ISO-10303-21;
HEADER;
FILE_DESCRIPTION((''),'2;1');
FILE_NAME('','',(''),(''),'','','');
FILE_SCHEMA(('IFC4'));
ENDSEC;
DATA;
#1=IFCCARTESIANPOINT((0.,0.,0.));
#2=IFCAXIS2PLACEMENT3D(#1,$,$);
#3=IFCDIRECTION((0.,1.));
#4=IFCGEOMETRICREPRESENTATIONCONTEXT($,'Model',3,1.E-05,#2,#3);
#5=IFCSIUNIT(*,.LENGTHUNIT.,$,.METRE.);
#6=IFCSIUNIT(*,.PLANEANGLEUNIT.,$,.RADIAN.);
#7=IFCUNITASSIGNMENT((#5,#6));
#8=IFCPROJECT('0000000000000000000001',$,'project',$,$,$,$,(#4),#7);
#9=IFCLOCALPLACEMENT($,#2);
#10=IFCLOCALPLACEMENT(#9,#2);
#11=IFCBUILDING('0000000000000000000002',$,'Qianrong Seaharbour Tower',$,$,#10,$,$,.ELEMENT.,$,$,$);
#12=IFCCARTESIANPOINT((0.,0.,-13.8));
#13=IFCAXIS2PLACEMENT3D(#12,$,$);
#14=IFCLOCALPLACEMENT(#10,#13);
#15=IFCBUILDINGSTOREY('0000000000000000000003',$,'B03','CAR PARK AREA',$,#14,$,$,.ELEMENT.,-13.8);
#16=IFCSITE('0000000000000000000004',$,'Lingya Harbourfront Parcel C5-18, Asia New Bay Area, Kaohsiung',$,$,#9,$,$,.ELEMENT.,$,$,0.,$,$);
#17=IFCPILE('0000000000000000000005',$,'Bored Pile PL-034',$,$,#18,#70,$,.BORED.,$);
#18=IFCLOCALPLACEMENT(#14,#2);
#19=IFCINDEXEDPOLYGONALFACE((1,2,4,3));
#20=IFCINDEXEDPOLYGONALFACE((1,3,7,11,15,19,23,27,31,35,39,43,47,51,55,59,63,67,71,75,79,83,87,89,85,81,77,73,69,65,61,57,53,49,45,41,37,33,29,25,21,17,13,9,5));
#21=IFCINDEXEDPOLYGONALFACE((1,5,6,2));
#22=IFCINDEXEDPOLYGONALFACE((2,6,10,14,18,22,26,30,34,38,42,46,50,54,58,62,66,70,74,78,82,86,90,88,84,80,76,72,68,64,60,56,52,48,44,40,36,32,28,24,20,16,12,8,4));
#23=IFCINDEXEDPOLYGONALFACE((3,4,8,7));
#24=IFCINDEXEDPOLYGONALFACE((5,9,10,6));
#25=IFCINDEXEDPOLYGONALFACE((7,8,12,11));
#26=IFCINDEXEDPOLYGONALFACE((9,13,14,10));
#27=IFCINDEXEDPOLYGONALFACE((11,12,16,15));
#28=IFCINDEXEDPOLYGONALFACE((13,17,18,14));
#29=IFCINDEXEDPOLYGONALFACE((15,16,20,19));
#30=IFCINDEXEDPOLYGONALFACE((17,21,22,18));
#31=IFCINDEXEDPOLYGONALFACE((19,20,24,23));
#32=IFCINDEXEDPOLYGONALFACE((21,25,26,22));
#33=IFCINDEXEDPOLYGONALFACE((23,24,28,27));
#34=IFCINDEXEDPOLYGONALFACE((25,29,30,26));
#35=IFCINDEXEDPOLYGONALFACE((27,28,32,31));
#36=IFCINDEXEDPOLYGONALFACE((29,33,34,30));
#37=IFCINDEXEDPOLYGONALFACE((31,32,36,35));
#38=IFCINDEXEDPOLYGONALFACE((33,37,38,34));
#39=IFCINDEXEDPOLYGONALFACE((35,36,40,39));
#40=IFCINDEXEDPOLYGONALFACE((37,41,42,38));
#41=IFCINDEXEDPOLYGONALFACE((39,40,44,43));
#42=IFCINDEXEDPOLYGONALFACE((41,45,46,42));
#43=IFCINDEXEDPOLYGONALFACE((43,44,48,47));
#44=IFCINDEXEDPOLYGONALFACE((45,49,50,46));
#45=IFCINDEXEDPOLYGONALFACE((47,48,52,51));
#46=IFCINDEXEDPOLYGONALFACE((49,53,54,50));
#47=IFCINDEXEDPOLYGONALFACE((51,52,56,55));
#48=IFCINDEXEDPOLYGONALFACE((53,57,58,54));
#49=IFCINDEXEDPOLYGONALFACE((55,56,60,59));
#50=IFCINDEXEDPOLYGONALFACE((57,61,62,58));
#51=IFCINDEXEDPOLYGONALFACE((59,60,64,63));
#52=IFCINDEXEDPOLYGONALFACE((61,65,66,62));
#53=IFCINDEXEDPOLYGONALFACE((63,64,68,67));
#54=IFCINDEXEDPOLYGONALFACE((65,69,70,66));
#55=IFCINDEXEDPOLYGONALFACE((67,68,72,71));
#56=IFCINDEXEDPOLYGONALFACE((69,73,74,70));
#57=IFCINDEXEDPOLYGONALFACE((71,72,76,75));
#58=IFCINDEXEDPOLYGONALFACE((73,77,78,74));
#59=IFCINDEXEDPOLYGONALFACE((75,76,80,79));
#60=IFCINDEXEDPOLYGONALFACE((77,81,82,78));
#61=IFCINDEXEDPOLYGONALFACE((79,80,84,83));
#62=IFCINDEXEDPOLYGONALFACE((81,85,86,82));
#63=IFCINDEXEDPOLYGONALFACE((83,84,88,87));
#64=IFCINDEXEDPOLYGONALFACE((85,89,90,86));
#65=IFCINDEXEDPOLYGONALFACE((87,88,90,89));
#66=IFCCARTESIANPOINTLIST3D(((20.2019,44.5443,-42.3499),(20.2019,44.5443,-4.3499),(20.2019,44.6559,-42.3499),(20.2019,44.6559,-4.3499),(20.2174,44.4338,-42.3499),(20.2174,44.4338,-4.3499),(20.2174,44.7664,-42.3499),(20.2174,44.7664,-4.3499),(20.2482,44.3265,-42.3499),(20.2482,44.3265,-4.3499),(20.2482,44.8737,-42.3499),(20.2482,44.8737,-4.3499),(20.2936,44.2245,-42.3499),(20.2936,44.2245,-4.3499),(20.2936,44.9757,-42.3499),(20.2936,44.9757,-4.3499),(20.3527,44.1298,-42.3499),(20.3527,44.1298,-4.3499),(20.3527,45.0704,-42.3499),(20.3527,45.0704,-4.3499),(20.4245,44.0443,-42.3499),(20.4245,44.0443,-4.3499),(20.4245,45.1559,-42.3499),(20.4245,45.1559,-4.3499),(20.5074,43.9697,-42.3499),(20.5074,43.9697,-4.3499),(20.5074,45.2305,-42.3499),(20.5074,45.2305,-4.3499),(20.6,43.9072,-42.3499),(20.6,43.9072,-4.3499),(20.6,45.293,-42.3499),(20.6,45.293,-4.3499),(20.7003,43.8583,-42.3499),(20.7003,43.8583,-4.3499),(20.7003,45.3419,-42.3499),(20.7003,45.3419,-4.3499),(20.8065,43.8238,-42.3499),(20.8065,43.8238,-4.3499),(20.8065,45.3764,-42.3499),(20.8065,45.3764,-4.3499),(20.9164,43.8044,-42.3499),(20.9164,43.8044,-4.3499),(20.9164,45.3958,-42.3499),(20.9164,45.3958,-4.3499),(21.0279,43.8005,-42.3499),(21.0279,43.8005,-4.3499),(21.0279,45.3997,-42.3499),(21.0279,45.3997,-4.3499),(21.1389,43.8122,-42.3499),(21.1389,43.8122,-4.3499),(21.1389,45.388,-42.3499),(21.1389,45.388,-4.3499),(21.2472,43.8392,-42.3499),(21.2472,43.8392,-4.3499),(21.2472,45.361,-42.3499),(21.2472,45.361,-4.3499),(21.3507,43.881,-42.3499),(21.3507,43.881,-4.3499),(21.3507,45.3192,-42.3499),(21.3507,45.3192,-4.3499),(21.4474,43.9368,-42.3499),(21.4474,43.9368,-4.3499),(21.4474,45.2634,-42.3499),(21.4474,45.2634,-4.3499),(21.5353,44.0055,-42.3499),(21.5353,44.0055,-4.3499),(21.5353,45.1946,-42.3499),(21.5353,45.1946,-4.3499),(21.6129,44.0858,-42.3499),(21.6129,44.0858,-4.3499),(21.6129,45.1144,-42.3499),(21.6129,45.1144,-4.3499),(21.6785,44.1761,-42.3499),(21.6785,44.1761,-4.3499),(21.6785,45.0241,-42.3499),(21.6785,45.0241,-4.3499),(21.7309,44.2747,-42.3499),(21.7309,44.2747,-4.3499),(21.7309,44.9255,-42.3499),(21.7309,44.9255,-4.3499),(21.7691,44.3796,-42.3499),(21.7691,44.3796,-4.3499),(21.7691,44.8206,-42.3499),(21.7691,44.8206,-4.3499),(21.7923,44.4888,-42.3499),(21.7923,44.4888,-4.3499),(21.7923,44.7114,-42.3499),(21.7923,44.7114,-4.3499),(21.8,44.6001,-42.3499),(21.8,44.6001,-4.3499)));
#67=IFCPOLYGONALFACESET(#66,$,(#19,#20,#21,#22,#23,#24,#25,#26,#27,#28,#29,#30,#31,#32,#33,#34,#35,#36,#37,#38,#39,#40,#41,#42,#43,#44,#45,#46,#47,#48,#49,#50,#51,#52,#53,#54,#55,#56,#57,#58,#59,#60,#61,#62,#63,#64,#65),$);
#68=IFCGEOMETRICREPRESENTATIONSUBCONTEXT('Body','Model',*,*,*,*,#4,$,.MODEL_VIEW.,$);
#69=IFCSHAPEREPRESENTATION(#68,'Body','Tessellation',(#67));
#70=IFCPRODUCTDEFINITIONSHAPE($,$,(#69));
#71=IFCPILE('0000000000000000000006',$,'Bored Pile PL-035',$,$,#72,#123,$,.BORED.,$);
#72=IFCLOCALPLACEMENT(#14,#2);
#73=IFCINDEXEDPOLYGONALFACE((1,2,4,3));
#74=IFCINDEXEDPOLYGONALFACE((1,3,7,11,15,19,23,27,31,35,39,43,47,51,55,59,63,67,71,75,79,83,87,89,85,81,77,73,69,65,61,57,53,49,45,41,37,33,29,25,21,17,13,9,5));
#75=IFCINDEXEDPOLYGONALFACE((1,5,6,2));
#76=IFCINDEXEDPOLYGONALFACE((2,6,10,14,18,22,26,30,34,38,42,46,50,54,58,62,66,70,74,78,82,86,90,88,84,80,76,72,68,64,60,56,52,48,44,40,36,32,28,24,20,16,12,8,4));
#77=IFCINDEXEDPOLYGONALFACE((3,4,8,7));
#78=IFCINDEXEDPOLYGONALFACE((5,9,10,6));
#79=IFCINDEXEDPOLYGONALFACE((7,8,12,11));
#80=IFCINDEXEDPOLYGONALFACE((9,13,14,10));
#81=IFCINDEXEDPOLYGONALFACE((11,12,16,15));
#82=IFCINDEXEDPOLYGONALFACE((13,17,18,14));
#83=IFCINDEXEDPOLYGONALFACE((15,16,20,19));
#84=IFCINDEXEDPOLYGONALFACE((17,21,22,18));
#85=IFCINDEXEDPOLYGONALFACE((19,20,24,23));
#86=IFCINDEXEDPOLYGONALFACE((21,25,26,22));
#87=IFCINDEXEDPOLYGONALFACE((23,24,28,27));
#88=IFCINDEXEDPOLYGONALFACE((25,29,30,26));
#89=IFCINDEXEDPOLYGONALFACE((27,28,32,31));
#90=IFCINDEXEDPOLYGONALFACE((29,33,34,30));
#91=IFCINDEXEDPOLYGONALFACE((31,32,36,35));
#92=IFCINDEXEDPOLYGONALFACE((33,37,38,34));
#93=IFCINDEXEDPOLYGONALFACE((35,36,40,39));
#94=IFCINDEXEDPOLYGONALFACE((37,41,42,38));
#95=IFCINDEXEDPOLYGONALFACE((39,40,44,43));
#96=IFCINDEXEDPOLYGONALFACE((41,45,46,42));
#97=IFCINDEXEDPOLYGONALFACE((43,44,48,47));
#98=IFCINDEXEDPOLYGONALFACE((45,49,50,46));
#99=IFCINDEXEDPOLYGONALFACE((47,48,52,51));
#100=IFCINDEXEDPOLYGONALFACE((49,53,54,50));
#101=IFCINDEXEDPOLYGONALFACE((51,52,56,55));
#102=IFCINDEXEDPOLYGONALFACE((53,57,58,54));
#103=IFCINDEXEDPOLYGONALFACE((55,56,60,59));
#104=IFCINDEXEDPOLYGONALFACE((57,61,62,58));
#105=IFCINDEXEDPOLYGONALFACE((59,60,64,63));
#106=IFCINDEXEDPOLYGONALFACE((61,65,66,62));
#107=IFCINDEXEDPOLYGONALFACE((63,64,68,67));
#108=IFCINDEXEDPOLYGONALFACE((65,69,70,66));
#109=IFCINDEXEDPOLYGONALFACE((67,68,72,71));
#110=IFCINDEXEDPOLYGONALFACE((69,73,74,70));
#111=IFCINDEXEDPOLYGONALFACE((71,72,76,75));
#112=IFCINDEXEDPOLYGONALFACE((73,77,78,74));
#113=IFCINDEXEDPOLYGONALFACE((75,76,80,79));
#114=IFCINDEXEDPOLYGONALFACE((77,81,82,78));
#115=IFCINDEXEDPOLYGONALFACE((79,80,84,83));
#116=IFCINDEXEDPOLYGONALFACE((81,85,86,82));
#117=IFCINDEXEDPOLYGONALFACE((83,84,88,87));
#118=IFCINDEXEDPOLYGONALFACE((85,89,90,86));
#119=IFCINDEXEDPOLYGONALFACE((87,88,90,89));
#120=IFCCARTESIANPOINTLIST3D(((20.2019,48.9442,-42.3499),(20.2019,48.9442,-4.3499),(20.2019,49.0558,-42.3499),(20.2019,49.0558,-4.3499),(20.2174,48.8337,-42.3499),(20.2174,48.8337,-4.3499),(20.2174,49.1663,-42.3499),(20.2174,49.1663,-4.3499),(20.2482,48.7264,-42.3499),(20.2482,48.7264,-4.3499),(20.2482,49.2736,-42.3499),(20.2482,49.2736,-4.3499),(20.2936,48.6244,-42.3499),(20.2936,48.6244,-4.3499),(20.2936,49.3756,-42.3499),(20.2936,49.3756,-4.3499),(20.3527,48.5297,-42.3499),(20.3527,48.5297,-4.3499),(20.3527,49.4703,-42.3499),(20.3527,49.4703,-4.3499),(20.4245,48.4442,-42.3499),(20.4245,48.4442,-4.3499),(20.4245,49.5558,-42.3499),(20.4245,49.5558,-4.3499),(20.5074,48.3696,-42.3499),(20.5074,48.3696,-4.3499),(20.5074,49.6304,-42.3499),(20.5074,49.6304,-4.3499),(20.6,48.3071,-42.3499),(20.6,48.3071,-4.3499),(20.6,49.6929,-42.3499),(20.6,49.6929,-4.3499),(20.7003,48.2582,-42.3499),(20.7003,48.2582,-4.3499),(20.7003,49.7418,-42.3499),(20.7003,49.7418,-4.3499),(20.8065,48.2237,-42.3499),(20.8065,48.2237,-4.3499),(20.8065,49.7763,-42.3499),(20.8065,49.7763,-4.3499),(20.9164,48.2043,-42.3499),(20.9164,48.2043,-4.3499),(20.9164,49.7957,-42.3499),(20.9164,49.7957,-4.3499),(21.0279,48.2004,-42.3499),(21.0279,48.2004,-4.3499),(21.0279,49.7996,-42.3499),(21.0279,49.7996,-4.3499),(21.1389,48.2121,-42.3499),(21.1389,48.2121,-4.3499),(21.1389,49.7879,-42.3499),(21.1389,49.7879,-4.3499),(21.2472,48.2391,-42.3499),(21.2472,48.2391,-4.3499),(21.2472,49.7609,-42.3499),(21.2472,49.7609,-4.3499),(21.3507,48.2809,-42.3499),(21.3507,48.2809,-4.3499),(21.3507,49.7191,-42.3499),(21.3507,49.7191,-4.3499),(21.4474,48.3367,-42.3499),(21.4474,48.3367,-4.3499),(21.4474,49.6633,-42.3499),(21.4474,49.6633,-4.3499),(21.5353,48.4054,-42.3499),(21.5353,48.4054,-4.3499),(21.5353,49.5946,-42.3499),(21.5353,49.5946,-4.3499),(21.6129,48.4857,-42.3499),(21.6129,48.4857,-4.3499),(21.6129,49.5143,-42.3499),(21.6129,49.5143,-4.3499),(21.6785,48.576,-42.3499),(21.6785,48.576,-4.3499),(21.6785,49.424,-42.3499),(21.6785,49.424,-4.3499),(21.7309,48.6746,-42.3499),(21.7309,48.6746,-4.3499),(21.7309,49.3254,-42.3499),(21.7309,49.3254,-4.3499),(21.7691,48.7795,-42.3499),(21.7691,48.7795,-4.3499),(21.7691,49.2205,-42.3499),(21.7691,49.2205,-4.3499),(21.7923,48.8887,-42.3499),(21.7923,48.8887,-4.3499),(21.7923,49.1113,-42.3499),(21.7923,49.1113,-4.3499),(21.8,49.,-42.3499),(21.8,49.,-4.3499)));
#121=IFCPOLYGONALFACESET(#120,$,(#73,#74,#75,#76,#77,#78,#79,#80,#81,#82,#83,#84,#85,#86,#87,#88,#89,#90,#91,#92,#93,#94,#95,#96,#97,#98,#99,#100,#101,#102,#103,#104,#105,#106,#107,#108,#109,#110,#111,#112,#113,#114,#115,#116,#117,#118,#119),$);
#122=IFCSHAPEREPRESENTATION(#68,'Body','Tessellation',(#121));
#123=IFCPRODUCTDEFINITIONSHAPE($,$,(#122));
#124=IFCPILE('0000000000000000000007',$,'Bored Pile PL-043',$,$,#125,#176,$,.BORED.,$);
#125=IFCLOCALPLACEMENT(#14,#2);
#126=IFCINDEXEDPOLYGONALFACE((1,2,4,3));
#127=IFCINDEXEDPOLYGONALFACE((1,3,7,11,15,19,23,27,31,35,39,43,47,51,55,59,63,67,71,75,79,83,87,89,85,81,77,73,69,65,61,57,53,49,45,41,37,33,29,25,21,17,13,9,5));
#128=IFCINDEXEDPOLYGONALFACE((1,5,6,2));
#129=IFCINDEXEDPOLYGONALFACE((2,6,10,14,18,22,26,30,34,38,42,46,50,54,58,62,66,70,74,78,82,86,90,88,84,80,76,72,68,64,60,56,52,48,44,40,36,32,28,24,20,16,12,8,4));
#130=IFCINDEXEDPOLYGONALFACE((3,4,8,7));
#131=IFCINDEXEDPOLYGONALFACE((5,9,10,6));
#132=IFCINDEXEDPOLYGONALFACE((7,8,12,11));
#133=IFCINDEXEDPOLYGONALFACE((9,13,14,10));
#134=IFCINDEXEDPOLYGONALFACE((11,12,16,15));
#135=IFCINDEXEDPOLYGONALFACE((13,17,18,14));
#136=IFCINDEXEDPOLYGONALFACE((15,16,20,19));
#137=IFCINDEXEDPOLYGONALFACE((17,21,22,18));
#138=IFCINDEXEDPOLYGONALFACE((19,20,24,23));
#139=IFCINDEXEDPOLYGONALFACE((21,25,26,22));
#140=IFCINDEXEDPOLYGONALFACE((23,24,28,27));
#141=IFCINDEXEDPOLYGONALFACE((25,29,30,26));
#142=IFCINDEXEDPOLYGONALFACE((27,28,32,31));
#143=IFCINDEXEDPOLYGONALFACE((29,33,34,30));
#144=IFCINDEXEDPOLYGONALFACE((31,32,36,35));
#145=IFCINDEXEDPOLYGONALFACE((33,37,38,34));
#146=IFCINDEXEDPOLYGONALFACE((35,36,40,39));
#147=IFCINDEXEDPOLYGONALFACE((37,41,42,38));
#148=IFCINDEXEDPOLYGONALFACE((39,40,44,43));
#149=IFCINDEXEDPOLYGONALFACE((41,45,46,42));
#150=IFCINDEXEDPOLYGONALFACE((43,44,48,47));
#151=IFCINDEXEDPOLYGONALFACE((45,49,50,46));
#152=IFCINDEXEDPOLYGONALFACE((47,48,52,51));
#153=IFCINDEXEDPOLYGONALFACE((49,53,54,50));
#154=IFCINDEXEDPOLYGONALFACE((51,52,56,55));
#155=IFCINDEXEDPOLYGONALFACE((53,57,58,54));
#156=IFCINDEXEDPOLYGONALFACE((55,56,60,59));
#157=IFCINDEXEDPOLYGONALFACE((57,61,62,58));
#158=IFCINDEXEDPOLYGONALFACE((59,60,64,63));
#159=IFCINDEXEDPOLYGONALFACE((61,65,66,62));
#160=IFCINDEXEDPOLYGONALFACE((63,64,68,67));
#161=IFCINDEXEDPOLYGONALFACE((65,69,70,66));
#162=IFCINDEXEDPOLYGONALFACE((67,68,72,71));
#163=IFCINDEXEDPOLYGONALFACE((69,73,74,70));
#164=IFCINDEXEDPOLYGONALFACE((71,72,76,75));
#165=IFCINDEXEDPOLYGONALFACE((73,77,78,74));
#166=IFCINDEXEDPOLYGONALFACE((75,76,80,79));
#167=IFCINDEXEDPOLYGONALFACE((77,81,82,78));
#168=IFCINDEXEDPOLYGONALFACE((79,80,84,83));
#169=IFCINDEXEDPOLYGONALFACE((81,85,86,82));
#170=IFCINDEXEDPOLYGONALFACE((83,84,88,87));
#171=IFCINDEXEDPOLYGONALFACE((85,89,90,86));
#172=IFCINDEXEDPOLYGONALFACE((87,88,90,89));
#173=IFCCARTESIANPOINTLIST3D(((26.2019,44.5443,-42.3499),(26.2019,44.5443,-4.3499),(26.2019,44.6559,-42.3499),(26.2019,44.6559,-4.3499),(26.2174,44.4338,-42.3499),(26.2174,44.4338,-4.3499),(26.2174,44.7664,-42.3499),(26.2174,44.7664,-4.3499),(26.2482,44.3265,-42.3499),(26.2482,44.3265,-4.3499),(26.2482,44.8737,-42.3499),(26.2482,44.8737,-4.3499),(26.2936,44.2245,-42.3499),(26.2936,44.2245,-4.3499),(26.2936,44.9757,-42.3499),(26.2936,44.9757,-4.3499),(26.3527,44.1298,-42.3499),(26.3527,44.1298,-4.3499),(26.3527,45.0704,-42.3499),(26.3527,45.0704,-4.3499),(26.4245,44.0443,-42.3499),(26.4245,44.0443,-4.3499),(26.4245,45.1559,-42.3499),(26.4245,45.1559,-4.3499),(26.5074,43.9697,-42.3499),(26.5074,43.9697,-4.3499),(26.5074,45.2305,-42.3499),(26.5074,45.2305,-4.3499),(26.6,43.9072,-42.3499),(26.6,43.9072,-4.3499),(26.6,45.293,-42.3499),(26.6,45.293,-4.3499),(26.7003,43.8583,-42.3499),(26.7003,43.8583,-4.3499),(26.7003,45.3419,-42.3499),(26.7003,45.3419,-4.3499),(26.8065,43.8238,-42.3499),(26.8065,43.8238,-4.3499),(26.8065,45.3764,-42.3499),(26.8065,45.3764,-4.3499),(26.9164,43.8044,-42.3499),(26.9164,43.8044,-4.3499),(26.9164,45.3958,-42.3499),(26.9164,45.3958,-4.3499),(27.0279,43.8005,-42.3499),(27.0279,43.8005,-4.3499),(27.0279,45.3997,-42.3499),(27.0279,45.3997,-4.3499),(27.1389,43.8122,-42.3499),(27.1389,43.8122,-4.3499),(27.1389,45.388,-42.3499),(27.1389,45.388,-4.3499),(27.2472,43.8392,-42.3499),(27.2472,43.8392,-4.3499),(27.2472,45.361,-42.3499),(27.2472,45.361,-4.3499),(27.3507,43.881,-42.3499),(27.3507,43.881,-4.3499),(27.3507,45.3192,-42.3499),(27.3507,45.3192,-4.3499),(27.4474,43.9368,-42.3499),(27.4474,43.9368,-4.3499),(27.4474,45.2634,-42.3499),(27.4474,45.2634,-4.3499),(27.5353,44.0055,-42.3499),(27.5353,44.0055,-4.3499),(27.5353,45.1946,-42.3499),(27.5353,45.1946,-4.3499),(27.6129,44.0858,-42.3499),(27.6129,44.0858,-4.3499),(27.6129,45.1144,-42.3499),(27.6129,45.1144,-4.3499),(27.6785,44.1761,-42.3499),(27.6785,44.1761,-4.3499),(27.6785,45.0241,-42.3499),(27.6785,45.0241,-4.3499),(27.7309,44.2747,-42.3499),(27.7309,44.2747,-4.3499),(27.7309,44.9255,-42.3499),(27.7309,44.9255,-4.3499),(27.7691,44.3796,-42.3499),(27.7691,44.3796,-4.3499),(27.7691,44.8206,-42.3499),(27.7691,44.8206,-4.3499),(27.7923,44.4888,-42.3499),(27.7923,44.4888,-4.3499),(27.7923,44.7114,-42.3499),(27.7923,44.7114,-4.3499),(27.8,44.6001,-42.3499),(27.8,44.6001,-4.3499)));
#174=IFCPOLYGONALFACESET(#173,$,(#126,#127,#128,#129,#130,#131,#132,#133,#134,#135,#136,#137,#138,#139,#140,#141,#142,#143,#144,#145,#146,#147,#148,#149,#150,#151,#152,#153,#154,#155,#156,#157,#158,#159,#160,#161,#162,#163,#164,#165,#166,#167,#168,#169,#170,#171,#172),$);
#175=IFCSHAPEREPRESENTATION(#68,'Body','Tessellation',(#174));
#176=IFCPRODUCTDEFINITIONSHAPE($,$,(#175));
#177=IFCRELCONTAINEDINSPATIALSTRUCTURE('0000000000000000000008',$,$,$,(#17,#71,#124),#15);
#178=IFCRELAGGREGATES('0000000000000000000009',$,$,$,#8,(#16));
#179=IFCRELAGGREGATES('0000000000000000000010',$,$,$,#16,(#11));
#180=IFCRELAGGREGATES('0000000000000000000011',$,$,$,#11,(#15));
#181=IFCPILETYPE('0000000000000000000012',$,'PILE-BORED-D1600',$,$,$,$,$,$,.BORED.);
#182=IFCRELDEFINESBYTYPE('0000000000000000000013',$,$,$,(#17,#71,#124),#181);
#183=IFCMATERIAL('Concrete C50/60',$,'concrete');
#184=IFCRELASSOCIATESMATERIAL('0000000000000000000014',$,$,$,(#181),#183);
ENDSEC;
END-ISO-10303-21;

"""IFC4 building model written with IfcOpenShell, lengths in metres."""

from ifc_helpers import new_model, si_unit, direction, frame, origin, origin_2d, place, context, subcontext, project, spatial, circle, extrude, material, material_profile, profile_set, type_object, element, save


model = new_model("IFC4")

# Units and contexts
model_context = context("Model", 3, precision=1e-05, world=origin(), true_north=direction((0.0, 1.0)))
body_context = subcontext(model_context, "Body", "Model", "MODEL_VIEW")
ifc_project = project(units=[si_unit("LENGTHUNIT", "METRE"), si_unit("PLANEANGLEUNIT", "RADIAN")], contexts=[model_context])

# Site, building, storey
site_placement = place(None, origin())
site = spatial("IfcSite", under=ifc_project, at=site_placement, Name="Lingya Harbourfront Parcel C5-18, Asia New Bay Area, Kaohsiung", CompositionType="ELEMENT", RefElevation=0.0)
building_placement = place(site_placement, origin())
building = spatial("IfcBuilding", under=site, at=building_placement, Name="Qianrong Seaharbour Tower", CompositionType="ELEMENT")
storey_placement = place(building_placement, frame((0.0, 0.0, -13.8)))
storey = spatial("IfcBuildingStorey", under=building, at=storey_placement, Name="B03", Description="CAR PARK AREA", CompositionType="ELEMENT", Elevation=-13.8)

# Piles
ifc_material_1 = material(Name="Concrete C50/60", Category="concrete")
ifc_material_profile_1 = material_profile(ifc_material_1, circle(Radius=0.8, at=origin_2d()), Name="PILE-D1600")
ifc_profile_set_1 = profile_set([ifc_material_profile_1], Name="Concrete C50/60")
pile_type_1 = type_object("IfcPileType", Name="PILE-BORED-D1600", PredefinedType="BORED", material=ifc_profile_set_1)
for number, where, z_axis, x_axis, name in (
    (1, (21.0, 44.6001, -4.3499), (0.0, 0.0, -1.0), (1.0, 0.0, 0.0), "Bored Pile PL-034"),
    (2, (21.0, 49.0, -4.3499), (0.0, 0.0, -1.0), (1.0, 0.0, 0.0), "Bored Pile PL-035"),
    (3, (27.0, 44.6001, -4.3499), (0.0, 0.0, -1.0), (1.0, 0.0, 0.0), "Bored Pile PL-043"),
):
    element("IfcPile", number, at=place(storey_placement, frame(where, z_axis=z_axis, x_axis=x_axis)), inside=storey, type_object=pile_type_1, Name=name, PredefinedType="BORED", context=body_context, shape_type="SweptSolid", body=[
        extrude(circle(Radius=0.8, at=origin_2d()), origin(), (0.0, 0.0, 1.0), 38.0),
    ])

save(model, "model.ifc")
